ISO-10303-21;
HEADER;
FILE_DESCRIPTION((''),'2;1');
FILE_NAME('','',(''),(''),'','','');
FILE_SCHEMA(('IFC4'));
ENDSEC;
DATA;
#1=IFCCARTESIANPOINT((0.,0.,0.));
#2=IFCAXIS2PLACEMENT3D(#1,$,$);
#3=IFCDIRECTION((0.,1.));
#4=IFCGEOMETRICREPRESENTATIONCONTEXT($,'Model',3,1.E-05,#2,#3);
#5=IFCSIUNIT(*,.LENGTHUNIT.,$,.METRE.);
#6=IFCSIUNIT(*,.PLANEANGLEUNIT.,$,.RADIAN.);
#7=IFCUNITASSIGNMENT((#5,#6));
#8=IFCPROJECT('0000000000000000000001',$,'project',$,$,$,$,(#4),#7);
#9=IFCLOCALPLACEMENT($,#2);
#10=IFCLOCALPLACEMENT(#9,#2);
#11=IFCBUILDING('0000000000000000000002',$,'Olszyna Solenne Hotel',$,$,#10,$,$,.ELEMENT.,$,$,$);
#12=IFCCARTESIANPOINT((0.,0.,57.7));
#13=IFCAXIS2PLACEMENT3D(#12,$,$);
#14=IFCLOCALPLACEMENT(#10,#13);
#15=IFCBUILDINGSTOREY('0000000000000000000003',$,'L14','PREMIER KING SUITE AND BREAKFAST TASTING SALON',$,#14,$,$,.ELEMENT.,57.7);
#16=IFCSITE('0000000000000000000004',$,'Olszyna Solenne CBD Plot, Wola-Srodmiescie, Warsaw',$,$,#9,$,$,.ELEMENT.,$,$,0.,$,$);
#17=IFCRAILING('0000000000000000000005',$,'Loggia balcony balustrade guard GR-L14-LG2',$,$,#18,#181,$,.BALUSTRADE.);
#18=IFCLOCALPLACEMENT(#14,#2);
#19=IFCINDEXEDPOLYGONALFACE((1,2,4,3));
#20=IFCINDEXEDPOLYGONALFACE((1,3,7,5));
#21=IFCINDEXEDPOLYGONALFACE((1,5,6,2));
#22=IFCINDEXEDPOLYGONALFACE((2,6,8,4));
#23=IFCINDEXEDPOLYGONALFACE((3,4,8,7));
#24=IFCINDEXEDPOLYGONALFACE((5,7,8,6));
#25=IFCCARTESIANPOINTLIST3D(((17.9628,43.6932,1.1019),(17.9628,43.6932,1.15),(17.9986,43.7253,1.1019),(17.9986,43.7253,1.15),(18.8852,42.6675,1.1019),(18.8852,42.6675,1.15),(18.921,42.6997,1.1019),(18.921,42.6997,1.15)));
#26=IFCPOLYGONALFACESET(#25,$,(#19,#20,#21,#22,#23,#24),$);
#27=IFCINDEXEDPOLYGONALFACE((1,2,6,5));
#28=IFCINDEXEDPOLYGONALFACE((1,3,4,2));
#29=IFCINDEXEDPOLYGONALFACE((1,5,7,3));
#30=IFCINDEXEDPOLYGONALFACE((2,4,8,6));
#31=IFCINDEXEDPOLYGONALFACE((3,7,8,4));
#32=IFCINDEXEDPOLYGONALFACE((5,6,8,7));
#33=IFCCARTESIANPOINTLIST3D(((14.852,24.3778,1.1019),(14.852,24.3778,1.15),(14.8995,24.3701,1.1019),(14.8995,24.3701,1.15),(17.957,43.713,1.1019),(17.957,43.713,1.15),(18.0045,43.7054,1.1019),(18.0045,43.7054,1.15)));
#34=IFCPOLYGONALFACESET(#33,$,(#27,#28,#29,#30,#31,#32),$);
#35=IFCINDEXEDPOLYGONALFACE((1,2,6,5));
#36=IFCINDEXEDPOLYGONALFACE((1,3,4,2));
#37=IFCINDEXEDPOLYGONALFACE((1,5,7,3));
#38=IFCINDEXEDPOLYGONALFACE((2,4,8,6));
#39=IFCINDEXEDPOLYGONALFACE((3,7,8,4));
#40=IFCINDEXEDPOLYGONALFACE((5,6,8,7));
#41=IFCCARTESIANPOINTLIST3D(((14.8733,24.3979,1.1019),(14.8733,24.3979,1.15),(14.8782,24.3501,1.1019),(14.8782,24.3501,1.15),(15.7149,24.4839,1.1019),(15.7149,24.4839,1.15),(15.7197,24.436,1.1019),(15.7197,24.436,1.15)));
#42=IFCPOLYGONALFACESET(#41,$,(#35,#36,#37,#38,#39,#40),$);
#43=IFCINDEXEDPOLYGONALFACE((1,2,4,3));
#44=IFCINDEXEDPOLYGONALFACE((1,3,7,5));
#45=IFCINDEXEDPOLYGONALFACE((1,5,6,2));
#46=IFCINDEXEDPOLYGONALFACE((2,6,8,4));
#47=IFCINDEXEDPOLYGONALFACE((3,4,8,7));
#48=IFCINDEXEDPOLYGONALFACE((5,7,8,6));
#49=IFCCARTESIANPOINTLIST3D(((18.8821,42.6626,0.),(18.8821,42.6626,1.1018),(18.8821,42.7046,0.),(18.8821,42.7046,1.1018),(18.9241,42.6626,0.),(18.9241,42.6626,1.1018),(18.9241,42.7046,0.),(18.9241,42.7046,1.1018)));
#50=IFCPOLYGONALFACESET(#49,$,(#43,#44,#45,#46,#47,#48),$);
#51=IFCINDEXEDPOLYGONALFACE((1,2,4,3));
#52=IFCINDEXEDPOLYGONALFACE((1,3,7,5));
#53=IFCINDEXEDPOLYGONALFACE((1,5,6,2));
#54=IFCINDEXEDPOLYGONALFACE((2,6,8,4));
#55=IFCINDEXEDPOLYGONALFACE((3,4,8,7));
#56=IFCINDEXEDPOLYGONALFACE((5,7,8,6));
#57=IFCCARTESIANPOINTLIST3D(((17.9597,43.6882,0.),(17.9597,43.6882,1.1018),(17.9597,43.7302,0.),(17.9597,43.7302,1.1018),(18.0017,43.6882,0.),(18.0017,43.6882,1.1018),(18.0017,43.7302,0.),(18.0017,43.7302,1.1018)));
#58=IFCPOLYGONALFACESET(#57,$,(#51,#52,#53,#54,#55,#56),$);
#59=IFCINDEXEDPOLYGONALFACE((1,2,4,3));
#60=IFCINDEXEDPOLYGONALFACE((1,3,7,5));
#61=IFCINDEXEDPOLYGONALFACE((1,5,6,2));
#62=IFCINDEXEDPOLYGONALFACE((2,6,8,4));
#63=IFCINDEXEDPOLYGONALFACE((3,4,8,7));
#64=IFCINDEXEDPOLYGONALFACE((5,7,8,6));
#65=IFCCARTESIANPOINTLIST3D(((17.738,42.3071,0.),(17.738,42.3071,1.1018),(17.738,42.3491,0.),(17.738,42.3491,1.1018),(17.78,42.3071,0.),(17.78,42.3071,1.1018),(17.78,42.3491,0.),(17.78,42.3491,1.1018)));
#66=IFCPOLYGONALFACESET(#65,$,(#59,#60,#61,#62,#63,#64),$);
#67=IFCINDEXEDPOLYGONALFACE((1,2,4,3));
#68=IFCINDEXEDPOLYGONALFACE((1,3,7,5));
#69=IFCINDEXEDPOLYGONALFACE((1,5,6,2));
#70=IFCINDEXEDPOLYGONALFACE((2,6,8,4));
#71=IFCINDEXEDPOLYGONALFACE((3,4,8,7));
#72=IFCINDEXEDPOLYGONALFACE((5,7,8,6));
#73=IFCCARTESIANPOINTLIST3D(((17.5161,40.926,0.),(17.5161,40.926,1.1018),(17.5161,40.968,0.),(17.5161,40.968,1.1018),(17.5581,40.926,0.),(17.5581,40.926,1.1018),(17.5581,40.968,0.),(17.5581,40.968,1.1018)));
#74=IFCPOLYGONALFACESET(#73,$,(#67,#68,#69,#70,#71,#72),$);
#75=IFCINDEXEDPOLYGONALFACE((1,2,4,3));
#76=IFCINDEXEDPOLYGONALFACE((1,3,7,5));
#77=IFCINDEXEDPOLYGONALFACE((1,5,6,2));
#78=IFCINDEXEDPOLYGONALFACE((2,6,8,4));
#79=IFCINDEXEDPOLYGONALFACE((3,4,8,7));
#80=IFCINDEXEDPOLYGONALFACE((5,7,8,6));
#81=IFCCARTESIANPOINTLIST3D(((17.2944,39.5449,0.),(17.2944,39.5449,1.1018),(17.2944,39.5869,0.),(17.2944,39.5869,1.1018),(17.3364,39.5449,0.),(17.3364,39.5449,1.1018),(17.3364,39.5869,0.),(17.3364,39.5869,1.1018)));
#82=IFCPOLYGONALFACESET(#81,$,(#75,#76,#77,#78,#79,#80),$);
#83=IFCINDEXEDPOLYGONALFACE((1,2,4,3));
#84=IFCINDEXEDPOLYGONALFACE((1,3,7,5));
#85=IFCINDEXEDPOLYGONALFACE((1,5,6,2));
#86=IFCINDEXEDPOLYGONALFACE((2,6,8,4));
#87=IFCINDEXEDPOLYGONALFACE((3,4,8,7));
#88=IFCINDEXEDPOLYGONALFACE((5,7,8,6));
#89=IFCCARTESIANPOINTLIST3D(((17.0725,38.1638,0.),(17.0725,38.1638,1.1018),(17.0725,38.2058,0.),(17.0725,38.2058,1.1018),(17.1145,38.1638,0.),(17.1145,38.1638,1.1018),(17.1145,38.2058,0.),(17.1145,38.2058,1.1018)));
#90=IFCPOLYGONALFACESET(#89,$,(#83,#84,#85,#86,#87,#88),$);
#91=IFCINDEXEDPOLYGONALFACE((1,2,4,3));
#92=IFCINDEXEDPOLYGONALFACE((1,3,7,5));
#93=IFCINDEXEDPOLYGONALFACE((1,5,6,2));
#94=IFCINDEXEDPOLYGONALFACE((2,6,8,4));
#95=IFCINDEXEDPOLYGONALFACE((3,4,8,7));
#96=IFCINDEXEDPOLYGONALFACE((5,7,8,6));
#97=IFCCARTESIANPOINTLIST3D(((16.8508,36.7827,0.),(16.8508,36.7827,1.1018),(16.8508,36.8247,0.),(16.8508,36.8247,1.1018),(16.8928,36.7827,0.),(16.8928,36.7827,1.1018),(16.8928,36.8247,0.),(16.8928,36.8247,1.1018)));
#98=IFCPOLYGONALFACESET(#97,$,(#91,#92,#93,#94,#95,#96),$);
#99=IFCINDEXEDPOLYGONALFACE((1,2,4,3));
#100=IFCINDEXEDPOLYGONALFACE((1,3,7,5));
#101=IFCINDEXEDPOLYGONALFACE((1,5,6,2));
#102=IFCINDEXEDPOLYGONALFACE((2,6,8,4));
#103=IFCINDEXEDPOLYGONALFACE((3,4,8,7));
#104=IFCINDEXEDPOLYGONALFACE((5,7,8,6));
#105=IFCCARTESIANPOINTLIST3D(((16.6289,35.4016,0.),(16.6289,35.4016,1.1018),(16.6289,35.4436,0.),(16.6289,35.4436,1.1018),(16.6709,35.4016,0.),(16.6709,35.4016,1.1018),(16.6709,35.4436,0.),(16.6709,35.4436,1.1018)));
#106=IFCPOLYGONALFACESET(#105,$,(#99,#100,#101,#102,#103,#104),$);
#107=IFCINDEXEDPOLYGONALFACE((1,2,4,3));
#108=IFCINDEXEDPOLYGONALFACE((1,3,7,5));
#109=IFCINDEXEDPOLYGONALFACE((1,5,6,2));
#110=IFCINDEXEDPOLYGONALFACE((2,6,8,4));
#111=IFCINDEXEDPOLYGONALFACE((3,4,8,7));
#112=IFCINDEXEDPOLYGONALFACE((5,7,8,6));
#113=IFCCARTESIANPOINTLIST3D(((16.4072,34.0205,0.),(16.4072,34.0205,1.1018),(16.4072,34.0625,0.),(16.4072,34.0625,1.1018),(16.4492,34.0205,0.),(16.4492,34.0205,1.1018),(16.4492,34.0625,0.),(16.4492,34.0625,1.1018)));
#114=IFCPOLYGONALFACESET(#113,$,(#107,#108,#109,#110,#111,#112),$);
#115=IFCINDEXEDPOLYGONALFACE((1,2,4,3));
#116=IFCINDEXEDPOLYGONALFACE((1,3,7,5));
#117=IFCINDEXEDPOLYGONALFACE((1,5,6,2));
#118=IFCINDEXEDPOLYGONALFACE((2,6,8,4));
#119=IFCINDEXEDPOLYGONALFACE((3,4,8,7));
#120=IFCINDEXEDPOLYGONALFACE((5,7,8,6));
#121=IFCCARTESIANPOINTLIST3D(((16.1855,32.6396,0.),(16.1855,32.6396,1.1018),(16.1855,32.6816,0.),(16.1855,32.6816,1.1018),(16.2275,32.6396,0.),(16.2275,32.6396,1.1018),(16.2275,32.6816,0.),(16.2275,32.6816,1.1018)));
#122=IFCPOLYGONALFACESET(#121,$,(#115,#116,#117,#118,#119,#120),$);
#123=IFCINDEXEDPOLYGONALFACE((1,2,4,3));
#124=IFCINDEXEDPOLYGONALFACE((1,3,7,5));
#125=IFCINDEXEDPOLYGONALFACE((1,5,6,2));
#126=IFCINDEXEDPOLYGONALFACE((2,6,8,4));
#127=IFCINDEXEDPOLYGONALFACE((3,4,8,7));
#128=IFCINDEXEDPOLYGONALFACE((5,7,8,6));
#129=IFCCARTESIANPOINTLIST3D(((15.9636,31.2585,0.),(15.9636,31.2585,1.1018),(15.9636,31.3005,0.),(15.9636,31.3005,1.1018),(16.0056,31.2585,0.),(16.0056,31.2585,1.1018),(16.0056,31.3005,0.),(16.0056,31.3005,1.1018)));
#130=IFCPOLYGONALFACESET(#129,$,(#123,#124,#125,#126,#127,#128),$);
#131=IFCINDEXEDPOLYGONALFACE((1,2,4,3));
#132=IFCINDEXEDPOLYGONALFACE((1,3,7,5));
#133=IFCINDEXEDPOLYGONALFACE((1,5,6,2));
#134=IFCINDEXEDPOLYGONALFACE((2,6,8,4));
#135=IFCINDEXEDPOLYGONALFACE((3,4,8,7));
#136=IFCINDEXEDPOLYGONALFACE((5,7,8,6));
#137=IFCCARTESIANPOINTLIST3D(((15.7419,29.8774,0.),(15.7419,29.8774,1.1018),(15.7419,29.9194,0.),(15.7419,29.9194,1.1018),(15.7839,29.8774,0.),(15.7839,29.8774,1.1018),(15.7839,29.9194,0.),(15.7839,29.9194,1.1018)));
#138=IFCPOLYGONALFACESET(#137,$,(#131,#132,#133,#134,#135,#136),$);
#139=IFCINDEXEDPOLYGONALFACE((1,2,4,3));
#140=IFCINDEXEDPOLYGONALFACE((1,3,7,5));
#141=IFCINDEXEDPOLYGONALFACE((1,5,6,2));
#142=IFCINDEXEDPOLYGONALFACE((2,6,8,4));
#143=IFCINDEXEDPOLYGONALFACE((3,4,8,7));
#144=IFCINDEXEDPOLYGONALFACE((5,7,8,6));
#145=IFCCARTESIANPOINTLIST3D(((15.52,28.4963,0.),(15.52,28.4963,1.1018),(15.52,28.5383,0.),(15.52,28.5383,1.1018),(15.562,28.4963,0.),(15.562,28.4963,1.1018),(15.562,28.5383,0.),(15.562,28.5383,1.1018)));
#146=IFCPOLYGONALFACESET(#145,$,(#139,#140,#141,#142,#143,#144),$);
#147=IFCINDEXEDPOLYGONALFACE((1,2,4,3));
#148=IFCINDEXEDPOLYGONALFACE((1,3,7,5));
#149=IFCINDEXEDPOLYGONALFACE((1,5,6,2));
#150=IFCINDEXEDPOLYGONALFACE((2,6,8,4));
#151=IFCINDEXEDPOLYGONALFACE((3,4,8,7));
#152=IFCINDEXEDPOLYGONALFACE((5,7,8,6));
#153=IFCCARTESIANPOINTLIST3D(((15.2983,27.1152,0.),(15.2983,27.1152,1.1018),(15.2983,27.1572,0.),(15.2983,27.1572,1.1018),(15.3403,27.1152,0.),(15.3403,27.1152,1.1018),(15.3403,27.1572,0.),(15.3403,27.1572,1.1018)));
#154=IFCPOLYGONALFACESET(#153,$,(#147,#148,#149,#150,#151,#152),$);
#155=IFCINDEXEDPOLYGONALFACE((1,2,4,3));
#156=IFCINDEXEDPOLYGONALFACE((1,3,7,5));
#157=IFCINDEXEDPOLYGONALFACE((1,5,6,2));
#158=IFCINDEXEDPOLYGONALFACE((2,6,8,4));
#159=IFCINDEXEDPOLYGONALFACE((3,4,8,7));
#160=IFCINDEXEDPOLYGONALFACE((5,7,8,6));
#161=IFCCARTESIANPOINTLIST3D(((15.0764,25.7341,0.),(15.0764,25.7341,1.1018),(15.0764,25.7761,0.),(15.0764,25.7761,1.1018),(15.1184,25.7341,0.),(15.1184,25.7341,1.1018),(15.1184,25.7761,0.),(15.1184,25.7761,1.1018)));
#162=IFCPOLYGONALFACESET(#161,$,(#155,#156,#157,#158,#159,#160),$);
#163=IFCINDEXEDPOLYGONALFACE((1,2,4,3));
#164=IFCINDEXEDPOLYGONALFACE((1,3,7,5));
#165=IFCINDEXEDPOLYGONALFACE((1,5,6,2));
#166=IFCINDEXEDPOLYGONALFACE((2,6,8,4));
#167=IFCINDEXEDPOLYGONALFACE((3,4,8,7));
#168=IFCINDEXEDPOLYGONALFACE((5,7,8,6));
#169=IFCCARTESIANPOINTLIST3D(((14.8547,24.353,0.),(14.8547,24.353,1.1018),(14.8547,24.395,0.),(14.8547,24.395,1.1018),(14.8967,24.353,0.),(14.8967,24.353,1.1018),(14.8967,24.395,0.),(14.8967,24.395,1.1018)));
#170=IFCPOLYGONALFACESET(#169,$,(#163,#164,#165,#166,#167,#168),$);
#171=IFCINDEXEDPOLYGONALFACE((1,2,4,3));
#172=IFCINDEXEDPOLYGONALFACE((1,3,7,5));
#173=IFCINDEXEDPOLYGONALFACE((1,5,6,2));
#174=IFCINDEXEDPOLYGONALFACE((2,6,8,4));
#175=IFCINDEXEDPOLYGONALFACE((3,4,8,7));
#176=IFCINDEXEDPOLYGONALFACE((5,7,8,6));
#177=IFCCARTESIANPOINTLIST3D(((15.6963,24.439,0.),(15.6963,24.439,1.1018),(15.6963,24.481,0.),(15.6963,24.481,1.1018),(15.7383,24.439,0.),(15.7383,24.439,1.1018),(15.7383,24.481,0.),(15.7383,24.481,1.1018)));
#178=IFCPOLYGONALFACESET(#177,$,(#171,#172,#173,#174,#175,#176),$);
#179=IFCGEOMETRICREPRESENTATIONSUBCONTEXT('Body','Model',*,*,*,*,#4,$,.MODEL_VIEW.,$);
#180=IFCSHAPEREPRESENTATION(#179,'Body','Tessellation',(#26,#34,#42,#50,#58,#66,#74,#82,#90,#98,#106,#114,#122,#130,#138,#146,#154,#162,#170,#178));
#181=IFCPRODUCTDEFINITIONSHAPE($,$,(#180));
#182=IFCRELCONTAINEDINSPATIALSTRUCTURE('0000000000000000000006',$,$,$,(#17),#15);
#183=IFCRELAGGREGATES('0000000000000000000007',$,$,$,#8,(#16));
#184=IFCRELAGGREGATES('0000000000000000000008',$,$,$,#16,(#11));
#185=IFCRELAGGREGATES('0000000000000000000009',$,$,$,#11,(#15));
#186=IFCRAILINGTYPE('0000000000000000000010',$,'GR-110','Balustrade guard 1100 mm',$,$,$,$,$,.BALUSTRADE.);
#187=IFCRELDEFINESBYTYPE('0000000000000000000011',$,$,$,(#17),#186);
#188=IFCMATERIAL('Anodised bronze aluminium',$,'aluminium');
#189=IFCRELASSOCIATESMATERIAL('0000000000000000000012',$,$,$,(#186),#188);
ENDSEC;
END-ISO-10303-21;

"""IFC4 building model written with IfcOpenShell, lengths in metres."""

from ifc_helpers import new_model, si_unit, direction, frame, origin, origin_2d, place, context, subcontext, project, spatial, rectangle, extrude, material, type_object, element, save


model = new_model("IFC4")

# Units and contexts
model_context = context("Model", 3, precision=1e-05, world=origin(), true_north=direction((0.0, 1.0)))
body_context = subcontext(model_context, "Body", "Model", "MODEL_VIEW")
ifc_project = project(units=[si_unit("LENGTHUNIT", "METRE"), si_unit("PLANEANGLEUNIT", "RADIAN")], contexts=[model_context])

# Site, building, storey
site_placement = place(None, origin())
site = spatial("IfcSite", under=ifc_project, at=site_placement, Name="Olszyna Solenne CBD Plot, Wola-Srodmiescie, Warsaw", CompositionType="ELEMENT", RefElevation=0.0)
building_placement = place(site_placement, origin())
building = spatial("IfcBuilding", under=site, at=building_placement, Name="Olszyna Solenne Hotel", CompositionType="ELEMENT")
storey_placement = place(building_placement, frame((0.0, 0.0, 57.7)))
storey = spatial("IfcBuildingStorey", under=building, at=storey_placement, Name="L14", Description="PREMIER KING SUITE AND BREAKFAST TASTING SALON", CompositionType="ELEMENT", Elevation=57.7)

# Shared definitions
ifc_material_1 = material(Name="Anodised bronze aluminium", Category="aluminium")

# Railing
railing_type = type_object("IfcRailingType", Name="GR-110", Description="Balustrade guard 1100 mm", PredefinedType="BALUSTRADE", material=ifc_material_1)
railing_placement = place(storey_placement, frame((18.9031, 42.6836, 0.0)))
element("IfcRailing", 1, at=railing_placement, inside=storey, type_object=railing_type, Name="Loggia balcony balustrade guard GR-L14-LG2", PredefinedType="BALUSTRADE", context=body_context, shape_type="SweptSolid", body=[
    extrude(rectangle(XDim=0.0481, YDim=0.0481, at=origin_2d()), frame((0.0, 0.0, 1.126), z_axis=(-0.668681, 0.743549, 0.0), x_axis=(-0.743549, -0.668681, 0.0)), (0.0, 0.0, 1.0), 1.3794),
    extrude(rectangle(XDim=0.0481, YDim=0.0481, at=origin_2d()), frame((-0.9224, 1.0256, 1.126), z_axis=(-0.158555, -0.98735, 0.0), x_axis=(0.98735, -0.158555, 0.0)), (0.0, 0.0, 1.0), 19.583),
    extrude(rectangle(XDim=0.0481, YDim=0.0481, at=origin_2d()), frame((-4.0273, -18.3096, 1.126), z_axis=(0.994826, 0.101589, 0.0), x_axis=(-0.101589, 0.994826, 0.0)), (0.0, 0.0, 1.0), 0.8459),
    extrude(rectangle(XDim=0.042, YDim=0.042, at=origin_2d()), origin(), (0.0, 0.0, 1.0), 1.1018),
    extrude(rectangle(XDim=0.042, YDim=0.042, at=origin_2d()), frame((-0.9224, 1.0256, 0.0)), (0.0, 0.0, 1.0), 1.1018),
    extrude(rectangle(XDim=0.042, YDim=0.042, at=origin_2d()), frame((-1.144, -0.3555, 0.0)), (0.0, 0.0, 1.0), 1.1018),
    extrude(rectangle(XDim=0.042, YDim=0.042, at=origin_2d()), frame((-1.366, -1.7366, 0.0)), (0.0, 0.0, 1.0), 1.1018),
    extrude(rectangle(XDim=0.042, YDim=0.042, at=origin_2d()), frame((-1.5876, -3.1177, 0.0)), (0.0, 0.0, 1.0), 1.1018),
    extrude(rectangle(XDim=0.042, YDim=0.042, at=origin_2d()), frame((-1.8096, -4.4988, 0.0)), (0.0, 0.0, 1.0), 1.1018),
    extrude(rectangle(XDim=0.042, YDim=0.042, at=origin_2d()), frame((-2.0312, -5.8799, 0.0)), (0.0, 0.0, 1.0), 1.1018),
    extrude(rectangle(XDim=0.042, YDim=0.042, at=origin_2d()), frame((-2.2532, -7.261, 0.0)), (0.0, 0.0, 1.0), 1.1018),
    extrude(rectangle(XDim=0.042, YDim=0.042, at=origin_2d()), frame((-2.4749, -8.6421, 0.0)), (0.0, 0.0, 1.0), 1.1018),
    extrude(rectangle(XDim=0.042, YDim=0.042, at=origin_2d()), frame((-2.6965, -10.0229, 0.0)), (0.0, 0.0, 1.0), 1.1018),
    extrude(rectangle(XDim=0.042, YDim=0.042, at=origin_2d()), frame((-2.9185, -11.4041, 0.0)), (0.0, 0.0, 1.0), 1.1018),
    extrude(rectangle(XDim=0.042, YDim=0.042, at=origin_2d()), frame((-3.1401, -12.7852, 0.0)), (0.0, 0.0, 1.0), 1.1018),
    extrude(rectangle(XDim=0.042, YDim=0.042, at=origin_2d()), frame((-3.3621, -14.1663, 0.0)), (0.0, 0.0, 1.0), 1.1018),
    extrude(rectangle(XDim=0.042, YDim=0.042, at=origin_2d()), frame((-3.5837, -15.5474, 0.0)), (0.0, 0.0, 1.0), 1.1018),
    extrude(rectangle(XDim=0.042, YDim=0.042, at=origin_2d()), frame((-3.8057, -16.9285, 0.0)), (0.0, 0.0, 1.0), 1.1018),
    extrude(rectangle(XDim=0.042, YDim=0.042, at=origin_2d()), frame((-4.0273, -18.3096, 0.0)), (0.0, 0.0, 1.0), 1.1018),
    extrude(rectangle(XDim=0.042, YDim=0.042, at=origin_2d()), frame((-3.1858, -18.2236, 0.0)), (0.0, 0.0, 1.0), 1.1018),
])

save(model, "model.ifc")
